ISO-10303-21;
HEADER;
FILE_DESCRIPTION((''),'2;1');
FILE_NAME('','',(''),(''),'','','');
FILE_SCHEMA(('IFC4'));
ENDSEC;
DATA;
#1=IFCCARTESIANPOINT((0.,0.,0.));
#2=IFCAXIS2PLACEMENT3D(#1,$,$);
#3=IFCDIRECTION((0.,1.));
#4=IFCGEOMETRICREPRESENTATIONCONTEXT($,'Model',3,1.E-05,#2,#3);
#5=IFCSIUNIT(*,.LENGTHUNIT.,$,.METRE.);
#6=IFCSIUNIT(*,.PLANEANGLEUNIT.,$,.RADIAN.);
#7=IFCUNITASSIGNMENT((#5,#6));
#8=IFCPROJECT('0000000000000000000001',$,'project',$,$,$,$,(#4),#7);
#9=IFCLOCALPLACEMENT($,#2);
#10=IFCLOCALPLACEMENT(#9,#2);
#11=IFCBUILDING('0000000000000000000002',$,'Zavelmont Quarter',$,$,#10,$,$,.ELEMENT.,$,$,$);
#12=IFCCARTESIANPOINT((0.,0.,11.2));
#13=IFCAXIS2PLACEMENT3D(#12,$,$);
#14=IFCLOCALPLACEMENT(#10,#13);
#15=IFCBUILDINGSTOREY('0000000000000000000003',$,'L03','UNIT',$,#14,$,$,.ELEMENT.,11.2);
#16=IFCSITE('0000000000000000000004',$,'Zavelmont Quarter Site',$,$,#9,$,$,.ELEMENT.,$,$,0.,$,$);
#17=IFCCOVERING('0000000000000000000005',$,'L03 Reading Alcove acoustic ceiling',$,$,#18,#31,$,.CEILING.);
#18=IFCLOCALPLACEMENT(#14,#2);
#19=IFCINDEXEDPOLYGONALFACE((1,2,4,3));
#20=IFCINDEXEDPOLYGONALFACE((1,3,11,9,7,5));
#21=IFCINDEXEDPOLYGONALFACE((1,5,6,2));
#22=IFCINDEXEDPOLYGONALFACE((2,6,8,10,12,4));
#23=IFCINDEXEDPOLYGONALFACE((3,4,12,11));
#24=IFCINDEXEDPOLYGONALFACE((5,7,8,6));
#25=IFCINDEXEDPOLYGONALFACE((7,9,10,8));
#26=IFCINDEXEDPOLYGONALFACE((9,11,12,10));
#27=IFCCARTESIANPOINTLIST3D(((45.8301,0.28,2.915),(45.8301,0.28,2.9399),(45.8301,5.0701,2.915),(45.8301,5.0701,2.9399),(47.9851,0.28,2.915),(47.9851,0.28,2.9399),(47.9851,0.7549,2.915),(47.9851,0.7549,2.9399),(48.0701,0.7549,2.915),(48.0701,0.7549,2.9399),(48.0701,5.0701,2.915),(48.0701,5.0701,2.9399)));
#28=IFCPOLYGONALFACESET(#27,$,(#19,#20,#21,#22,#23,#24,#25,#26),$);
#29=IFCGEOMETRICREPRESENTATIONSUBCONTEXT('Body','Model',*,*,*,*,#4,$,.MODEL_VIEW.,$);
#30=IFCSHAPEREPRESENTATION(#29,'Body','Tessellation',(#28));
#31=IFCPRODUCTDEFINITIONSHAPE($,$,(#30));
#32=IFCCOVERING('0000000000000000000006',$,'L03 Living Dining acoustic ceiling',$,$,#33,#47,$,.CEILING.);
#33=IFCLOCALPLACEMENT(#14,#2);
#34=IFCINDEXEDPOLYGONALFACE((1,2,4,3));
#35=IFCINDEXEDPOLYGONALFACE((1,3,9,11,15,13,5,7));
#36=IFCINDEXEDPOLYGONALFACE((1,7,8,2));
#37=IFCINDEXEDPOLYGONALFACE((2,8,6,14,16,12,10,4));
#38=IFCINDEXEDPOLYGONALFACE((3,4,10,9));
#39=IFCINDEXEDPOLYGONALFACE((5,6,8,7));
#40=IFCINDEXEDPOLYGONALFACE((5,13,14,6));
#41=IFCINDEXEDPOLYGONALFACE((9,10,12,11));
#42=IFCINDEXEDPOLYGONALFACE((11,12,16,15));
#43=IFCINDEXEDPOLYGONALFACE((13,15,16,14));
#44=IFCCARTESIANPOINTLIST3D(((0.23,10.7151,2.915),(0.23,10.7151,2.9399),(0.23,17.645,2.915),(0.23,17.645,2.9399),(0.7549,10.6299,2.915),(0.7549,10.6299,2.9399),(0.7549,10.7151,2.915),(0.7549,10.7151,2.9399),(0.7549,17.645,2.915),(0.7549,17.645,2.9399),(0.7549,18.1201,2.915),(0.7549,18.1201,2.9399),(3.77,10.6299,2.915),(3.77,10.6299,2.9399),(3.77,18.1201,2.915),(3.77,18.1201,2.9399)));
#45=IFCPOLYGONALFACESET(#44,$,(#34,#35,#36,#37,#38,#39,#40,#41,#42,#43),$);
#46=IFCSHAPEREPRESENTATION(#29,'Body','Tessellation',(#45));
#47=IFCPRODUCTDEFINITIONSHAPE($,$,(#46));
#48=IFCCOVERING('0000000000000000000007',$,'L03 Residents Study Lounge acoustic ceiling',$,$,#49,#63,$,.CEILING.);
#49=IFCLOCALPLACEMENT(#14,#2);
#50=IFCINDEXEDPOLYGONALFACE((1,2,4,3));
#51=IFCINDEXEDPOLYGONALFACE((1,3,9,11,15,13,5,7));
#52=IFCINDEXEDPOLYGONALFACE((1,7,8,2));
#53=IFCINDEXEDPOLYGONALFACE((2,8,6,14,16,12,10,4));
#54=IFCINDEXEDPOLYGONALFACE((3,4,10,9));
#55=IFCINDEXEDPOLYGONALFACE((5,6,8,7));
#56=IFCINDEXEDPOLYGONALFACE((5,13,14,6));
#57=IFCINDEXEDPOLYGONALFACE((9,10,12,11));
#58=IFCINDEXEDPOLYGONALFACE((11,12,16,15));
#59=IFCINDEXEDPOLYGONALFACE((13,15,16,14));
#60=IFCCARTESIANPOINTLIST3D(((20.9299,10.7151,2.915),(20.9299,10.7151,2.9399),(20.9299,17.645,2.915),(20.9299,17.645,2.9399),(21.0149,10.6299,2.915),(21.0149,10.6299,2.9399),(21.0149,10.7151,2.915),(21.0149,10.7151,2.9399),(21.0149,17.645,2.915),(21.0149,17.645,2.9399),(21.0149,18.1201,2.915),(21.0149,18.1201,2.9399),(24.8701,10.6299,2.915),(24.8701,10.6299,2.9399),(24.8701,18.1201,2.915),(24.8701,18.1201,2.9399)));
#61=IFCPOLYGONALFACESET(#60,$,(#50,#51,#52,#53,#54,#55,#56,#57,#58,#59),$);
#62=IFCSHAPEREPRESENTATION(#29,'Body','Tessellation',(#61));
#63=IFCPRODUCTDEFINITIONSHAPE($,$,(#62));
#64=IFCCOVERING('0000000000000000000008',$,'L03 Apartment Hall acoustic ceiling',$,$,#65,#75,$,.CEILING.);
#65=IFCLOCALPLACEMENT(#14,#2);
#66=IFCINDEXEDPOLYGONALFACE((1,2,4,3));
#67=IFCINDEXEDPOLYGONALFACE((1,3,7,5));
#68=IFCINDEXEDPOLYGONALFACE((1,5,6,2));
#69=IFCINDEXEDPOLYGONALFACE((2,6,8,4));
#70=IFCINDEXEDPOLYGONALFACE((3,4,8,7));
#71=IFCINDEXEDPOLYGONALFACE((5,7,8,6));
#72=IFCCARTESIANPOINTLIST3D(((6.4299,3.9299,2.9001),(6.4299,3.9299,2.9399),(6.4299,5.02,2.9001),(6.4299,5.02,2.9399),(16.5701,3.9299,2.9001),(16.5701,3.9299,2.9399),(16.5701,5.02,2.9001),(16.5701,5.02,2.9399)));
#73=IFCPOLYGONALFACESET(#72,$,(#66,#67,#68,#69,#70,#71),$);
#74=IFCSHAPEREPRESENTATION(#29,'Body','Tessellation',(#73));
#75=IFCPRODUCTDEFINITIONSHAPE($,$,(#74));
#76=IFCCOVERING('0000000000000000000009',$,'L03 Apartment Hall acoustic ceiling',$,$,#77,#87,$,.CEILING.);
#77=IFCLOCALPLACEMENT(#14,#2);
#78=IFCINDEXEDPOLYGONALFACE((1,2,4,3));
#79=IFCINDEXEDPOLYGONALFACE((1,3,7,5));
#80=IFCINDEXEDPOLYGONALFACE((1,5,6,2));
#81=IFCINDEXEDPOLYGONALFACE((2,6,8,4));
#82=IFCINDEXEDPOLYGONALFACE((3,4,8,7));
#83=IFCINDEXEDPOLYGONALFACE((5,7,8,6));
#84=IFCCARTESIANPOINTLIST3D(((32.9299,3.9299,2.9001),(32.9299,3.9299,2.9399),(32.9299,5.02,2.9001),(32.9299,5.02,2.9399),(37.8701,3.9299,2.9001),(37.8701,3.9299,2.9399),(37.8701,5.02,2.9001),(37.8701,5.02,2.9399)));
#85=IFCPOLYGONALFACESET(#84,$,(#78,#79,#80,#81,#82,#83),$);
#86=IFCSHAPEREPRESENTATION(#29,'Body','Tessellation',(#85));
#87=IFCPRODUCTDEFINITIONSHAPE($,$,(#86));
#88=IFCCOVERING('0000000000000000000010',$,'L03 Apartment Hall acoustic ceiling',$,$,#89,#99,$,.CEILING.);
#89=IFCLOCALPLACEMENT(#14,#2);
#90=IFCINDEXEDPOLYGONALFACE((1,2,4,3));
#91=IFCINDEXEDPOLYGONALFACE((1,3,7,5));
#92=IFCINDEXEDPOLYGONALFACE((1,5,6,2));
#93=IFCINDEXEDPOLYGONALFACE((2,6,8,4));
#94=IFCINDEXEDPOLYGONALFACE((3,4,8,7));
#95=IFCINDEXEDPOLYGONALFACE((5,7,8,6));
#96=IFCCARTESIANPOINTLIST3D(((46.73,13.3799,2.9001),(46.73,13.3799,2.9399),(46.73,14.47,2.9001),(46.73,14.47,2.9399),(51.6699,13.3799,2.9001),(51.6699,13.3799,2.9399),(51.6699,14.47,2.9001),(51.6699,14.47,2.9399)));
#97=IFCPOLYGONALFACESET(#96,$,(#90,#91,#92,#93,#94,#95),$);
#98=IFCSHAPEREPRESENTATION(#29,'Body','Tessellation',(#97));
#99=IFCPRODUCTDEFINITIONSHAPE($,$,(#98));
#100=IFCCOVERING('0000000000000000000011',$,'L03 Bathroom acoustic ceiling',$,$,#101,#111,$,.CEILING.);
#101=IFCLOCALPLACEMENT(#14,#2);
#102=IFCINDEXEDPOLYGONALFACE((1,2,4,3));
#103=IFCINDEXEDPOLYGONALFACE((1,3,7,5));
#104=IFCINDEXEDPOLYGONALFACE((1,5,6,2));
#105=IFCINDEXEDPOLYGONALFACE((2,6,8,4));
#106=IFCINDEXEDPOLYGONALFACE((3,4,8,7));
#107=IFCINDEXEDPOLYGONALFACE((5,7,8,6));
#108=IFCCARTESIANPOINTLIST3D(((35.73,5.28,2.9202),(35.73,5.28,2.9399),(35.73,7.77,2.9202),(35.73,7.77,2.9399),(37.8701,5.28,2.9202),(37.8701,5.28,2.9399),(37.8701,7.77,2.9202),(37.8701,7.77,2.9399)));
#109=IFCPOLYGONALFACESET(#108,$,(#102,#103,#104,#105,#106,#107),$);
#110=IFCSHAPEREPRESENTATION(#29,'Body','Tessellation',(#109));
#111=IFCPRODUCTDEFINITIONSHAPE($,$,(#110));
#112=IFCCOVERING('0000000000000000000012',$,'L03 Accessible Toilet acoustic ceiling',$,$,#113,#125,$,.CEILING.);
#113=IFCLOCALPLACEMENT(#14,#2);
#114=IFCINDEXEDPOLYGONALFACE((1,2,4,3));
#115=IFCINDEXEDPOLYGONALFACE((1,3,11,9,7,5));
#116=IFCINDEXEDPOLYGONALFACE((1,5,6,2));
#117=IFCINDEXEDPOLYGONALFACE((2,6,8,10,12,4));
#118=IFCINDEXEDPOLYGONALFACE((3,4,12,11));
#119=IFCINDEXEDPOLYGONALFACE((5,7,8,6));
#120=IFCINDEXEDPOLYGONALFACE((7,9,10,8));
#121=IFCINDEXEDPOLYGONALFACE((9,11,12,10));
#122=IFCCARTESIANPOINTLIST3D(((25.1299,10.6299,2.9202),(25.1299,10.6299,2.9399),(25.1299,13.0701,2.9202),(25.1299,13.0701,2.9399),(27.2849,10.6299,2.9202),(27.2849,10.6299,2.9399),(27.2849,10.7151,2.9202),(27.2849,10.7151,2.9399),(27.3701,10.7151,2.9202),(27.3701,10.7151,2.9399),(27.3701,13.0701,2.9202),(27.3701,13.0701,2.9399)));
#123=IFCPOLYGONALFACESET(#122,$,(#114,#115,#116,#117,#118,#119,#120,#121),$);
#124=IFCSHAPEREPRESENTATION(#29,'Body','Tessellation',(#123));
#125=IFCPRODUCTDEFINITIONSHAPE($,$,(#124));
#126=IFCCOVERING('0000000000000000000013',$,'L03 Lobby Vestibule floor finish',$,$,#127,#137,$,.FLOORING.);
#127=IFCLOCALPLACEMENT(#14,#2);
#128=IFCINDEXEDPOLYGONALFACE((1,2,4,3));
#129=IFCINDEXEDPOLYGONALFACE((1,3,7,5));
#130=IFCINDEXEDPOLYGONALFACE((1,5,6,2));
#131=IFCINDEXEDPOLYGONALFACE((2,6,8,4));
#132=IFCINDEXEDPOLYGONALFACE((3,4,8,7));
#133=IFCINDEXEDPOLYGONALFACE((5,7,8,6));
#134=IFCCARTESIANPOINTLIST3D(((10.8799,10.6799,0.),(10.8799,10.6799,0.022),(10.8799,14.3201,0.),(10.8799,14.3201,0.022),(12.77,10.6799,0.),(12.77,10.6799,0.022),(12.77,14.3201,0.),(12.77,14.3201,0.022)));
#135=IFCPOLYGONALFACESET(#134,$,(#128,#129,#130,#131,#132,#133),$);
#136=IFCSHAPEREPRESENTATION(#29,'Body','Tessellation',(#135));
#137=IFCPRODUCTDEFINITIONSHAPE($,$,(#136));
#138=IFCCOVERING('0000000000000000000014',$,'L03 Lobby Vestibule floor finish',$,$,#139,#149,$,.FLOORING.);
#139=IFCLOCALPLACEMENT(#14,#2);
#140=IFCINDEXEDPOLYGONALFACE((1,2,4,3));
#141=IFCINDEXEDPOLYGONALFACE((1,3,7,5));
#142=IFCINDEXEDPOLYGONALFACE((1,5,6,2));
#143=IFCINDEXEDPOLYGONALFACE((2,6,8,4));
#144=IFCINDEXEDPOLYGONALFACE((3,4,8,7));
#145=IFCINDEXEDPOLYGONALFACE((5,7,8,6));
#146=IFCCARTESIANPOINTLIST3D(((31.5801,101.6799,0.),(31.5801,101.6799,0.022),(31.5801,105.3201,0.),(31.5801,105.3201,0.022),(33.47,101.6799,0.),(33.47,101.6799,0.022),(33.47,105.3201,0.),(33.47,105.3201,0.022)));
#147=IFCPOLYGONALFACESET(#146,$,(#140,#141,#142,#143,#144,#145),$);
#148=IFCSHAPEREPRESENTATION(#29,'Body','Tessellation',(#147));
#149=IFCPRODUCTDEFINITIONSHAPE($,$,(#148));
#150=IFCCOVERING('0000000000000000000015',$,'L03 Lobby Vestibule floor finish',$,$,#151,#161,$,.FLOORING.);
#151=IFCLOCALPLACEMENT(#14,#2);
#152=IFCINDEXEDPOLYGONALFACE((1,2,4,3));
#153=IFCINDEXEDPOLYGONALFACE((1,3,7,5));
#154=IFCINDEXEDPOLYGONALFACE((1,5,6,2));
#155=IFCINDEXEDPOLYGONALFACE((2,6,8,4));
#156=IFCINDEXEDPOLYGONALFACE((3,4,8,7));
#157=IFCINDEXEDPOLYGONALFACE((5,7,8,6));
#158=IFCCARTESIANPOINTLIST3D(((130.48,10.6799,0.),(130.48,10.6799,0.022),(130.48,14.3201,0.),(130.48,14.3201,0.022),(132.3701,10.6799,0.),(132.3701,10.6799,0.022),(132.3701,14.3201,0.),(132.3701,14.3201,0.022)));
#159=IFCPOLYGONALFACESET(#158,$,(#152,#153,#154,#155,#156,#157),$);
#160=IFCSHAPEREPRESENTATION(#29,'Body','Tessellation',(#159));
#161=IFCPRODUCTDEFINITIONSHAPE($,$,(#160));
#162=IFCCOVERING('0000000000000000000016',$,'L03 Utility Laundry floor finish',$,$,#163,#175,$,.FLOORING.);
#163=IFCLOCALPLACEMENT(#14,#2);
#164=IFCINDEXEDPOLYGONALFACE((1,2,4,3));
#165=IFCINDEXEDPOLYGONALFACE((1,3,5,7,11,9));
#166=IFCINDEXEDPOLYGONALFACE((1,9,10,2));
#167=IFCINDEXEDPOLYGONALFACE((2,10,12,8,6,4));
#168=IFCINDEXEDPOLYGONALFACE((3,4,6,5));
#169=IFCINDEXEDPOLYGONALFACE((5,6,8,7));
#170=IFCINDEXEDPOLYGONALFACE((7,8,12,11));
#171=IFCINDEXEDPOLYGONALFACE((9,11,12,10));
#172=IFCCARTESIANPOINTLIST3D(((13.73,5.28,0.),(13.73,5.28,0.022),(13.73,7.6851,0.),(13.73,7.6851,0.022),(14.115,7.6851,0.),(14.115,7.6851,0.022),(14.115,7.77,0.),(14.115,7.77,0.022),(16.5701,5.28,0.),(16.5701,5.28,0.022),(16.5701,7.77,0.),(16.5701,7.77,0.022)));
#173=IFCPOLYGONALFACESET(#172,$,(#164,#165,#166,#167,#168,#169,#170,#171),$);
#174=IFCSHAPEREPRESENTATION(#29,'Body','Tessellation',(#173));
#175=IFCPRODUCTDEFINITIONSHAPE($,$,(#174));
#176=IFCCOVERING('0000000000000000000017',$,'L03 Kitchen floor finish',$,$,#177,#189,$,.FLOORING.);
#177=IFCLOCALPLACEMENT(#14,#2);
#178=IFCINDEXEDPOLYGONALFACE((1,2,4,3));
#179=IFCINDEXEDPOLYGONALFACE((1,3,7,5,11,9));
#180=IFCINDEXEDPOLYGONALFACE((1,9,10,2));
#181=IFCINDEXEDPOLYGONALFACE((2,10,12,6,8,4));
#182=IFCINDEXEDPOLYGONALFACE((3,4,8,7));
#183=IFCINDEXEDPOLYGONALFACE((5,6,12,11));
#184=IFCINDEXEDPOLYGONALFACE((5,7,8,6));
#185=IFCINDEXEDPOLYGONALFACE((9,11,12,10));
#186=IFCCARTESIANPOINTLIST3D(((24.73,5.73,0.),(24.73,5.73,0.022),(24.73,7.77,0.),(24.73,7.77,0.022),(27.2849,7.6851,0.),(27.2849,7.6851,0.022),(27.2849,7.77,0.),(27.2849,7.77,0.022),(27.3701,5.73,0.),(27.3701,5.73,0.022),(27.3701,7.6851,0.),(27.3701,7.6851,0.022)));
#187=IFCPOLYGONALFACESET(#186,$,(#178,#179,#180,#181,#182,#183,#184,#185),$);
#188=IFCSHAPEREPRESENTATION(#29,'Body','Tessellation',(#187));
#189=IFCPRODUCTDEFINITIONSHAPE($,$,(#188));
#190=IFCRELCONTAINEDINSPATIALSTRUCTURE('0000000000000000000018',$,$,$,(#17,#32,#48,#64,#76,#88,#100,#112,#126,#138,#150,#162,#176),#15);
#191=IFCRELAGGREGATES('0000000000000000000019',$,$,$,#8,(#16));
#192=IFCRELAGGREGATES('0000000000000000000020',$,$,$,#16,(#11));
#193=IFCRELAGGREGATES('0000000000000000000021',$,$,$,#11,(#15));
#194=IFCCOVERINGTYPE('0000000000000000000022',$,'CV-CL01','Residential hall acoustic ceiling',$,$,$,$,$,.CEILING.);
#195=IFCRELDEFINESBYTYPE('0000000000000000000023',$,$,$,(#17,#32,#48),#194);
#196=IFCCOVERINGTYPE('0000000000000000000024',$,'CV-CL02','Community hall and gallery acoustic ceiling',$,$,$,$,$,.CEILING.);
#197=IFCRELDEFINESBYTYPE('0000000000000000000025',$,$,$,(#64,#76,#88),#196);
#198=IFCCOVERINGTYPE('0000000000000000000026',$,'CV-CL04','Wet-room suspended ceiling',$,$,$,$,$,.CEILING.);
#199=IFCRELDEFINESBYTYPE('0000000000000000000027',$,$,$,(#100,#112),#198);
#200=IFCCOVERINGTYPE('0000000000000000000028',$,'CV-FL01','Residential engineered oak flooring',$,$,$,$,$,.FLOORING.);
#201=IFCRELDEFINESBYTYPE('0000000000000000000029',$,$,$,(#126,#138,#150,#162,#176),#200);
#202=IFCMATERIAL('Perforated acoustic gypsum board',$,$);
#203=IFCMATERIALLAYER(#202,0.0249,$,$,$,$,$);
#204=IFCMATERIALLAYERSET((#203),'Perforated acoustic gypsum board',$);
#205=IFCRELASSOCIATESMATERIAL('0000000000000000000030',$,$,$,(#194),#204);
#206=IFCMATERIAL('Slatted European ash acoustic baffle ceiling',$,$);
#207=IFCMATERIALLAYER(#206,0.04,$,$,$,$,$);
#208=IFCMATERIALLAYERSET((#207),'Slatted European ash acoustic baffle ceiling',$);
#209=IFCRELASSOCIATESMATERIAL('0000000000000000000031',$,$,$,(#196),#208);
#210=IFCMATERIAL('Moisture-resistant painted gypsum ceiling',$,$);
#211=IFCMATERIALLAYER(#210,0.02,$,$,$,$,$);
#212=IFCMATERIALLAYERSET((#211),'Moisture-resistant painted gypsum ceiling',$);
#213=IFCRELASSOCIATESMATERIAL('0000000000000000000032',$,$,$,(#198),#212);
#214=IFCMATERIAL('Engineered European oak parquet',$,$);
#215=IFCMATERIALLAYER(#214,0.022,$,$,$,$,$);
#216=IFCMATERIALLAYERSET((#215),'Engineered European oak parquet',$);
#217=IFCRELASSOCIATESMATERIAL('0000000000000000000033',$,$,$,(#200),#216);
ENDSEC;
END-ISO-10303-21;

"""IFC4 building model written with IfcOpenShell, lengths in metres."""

from ifc_helpers import new_model, si_unit, direction, frame, origin, place, context, subcontext, project, spatial, polyline, outline, extrude, material, layer, layer_set, type_object, element, save


model = new_model("IFC4")

# Units and contexts
model_context = context("Model", 3, precision=1e-05, world=origin(), true_north=direction((0.0, 1.0)))
body_context = subcontext(model_context, "Body", "Model", "MODEL_VIEW")
ifc_project = project(units=[si_unit("LENGTHUNIT", "METRE"), si_unit("PLANEANGLEUNIT", "RADIAN")], contexts=[model_context])

# Site, building, storey
site_placement = place(None, origin())
site = spatial("IfcSite", under=ifc_project, at=site_placement, Name="Zavelmont Quarter Site", CompositionType="ELEMENT", RefElevation=0.0)
building_placement = place(site_placement, origin())
building = spatial("IfcBuilding", under=site, at=building_placement, Name="Zavelmont Quarter", CompositionType="ELEMENT")
storey_placement = place(building_placement, frame((0.0, 0.0, 11.2)))
storey = spatial("IfcBuildingStorey", under=building, at=storey_placement, Name="L03", Description="UNIT", CompositionType="ELEMENT", Elevation=11.2)

# Coverings
ifc_material_1 = material(Name="Perforated acoustic gypsum board")
ifc_layer_1 = layer(ifc_material_1, 0.0249)
ifc_layer_set_1 = layer_set([ifc_layer_1], Name="Perforated acoustic gypsum board")
covering_type_1 = type_object("IfcCoveringType", Name="CV-CL01", Description="Residential hall acoustic ceiling", PredefinedType="CEILING", material=ifc_layer_set_1)
covering_1_placement = place(storey_placement, frame((0.0, 0.0, 2.915)))
element("IfcCovering", 1, at=covering_1_placement, inside=storey, type_object=covering_type_1, Name="L03 Reading Alcove acoustic ceiling", PredefinedType="CEILING", context=body_context, shape_type="SweptSolid", body=[
    extrude(outline(polyline([(45.8301, 5.0701), (48.0701, 5.0701), (48.0701, 0.7549), (47.9851, 0.7549), (47.9851, 0.28), (45.8301, 0.28), (45.8301, 5.0701)])), origin(), (0.0, 0.0, 1.0), 0.0249),
])
covering_2_placement = place(storey_placement, frame((0.0, 0.0, 2.915)))
element("IfcCovering", 2, at=covering_2_placement, inside=storey, type_object=covering_type_1, Name="L03 Living Dining acoustic ceiling", PredefinedType="CEILING", context=body_context, shape_type="SweptSolid", body=[
    extrude(outline(polyline([(0.23, 17.645), (0.7549, 17.645), (0.7549, 18.1201), (3.77, 18.1201), (3.77, 10.6299), (0.7549, 10.6299), (0.7549, 10.7151), (0.23, 10.7151), (0.23, 17.645)])), origin(), (0.0, 0.0, 1.0), 0.0249),
])
covering_3_placement = place(storey_placement, frame((0.0, 0.0, 2.915)))
element("IfcCovering", 3, at=covering_3_placement, inside=storey, type_object=covering_type_1, Name="L03 Residents Study Lounge acoustic ceiling", PredefinedType="CEILING", context=body_context, shape_type="SweptSolid", body=[
    extrude(outline(polyline([(20.9299, 17.645), (21.0149, 17.645), (21.0149, 18.1201), (24.8701, 18.1201), (24.8701, 10.6299), (21.0149, 10.6299), (21.0149, 10.7151), (20.9299, 10.7151), (20.9299, 17.645)])), origin(), (0.0, 0.0, 1.0), 0.0249),
])
ifc_material_2 = material(Name="Slatted European ash acoustic baffle ceiling")
ifc_layer_2 = layer(ifc_material_2, 0.04)
ifc_layer_set_2 = layer_set([ifc_layer_2], Name="Slatted European ash acoustic baffle ceiling")
covering_type_2 = type_object("IfcCoveringType", Name="CV-CL02", Description="Community hall and gallery acoustic ceiling", PredefinedType="CEILING", material=ifc_layer_set_2)
covering_4_placement = place(storey_placement, frame((0.0, 0.0, 2.9001)))
element("IfcCovering", 4, at=covering_4_placement, inside=storey, type_object=covering_type_2, Name="L03 Apartment Hall acoustic ceiling", PredefinedType="CEILING", context=body_context, shape_type="SweptSolid", body=[
    extrude(outline(polyline([(6.4299, 5.02), (16.5701, 5.02), (16.5701, 3.9299), (6.4299, 3.9299), (6.4299, 5.02)])), origin(), (0.0, 0.0, 1.0), 0.0398),
])
covering_5_placement = place(storey_placement, frame((0.0, 0.0, 2.9001)))
element("IfcCovering", 5, at=covering_5_placement, inside=storey, type_object=covering_type_2, Name="L03 Apartment Hall acoustic ceiling", PredefinedType="CEILING", context=body_context, shape_type="SweptSolid", body=[
    extrude(outline(polyline([(32.9299, 5.02), (37.8701, 5.02), (37.8701, 3.9299), (32.9299, 3.9299), (32.9299, 5.02)])), origin(), (0.0, 0.0, 1.0), 0.0398),
])
covering_6_placement = place(storey_placement, frame((0.0, 0.0, 2.9001)))
element("IfcCovering", 6, at=covering_6_placement, inside=storey, type_object=covering_type_2, Name="L03 Apartment Hall acoustic ceiling", PredefinedType="CEILING", context=body_context, shape_type="SweptSolid", body=[
    extrude(outline(polyline([(46.73, 14.47), (51.6699, 14.47), (51.6699, 13.3799), (46.73, 13.3799), (46.73, 14.47)])), origin(), (0.0, 0.0, 1.0), 0.0398),
])
ifc_material_3 = material(Name="Moisture-resistant painted gypsum ceiling")
ifc_layer_3 = layer(ifc_material_3, 0.02)
ifc_layer_set_3 = layer_set([ifc_layer_3], Name="Moisture-resistant painted gypsum ceiling")
covering_type_3 = type_object("IfcCoveringType", Name="CV-CL04", Description="Wet-room suspended ceiling", PredefinedType="CEILING", material=ifc_layer_set_3)
covering_7_placement = place(storey_placement, frame((0.0, 0.0, 2.9202)))
element("IfcCovering", 7, at=covering_7_placement, inside=storey, type_object=covering_type_3, Name="L03 Bathroom acoustic ceiling", PredefinedType="CEILING", context=body_context, shape_type="SweptSolid", body=[
    extrude(outline(polyline([(35.73, 7.77), (37.8701, 7.77), (37.8701, 5.28), (35.73, 5.28), (35.73, 7.77)])), origin(), (0.0, 0.0, 1.0), 0.0198),
])
covering_8_placement = place(storey_placement, frame((0.0, 0.0, 2.9202)))
element("IfcCovering", 8, at=covering_8_placement, inside=storey, type_object=covering_type_3, Name="L03 Accessible Toilet acoustic ceiling", PredefinedType="CEILING", context=body_context, shape_type="SweptSolid", body=[
    extrude(outline(polyline([(25.1299, 13.0701), (27.3701, 13.0701), (27.3701, 10.7151), (27.2849, 10.7151), (27.2849, 10.6299), (25.1299, 10.6299), (25.1299, 13.0701)])), origin(), (0.0, 0.0, 1.0), 0.0198),
])
ifc_material_4 = material(Name="Engineered European oak parquet")
ifc_layer_4 = layer(ifc_material_4, 0.022)
ifc_layer_set_4 = layer_set([ifc_layer_4], Name="Engineered European oak parquet")
covering_type_4 = type_object("IfcCoveringType", Name="CV-FL01", Description="Residential engineered oak flooring", PredefinedType="FLOORING", material=ifc_layer_set_4)
covering_9_placement = place(storey_placement, origin())
element("IfcCovering", 9, at=covering_9_placement, inside=storey, type_object=covering_type_4, Name="L03 Lobby Vestibule floor finish", PredefinedType="FLOORING", context=body_context, shape_type="SweptSolid", body=[
    extrude(outline(polyline([(10.8799, 14.3201), (12.77, 14.3201), (12.77, 10.6799), (10.8799, 10.6799), (10.8799, 14.3201)])), origin(), (0.0, 0.0, 1.0), 0.022),
])
covering_10_placement = place(storey_placement, origin())
element("IfcCovering", 10, at=covering_10_placement, inside=storey, type_object=covering_type_4, Name="L03 Lobby Vestibule floor finish", PredefinedType="FLOORING", context=body_context, shape_type="SweptSolid", body=[
    extrude(outline(polyline([(31.5801, 105.3201), (33.47, 105.3201), (33.47, 101.6799), (31.5801, 101.6799), (31.5801, 105.3201)])), origin(), (0.0, 0.0, 1.0), 0.022),
])
covering_11_placement = place(storey_placement, origin())
element("IfcCovering", 11, at=covering_11_placement, inside=storey, type_object=covering_type_4, Name="L03 Lobby Vestibule floor finish", PredefinedType="FLOORING", context=body_context, shape_type="SweptSolid", body=[
    extrude(outline(polyline([(130.48, 14.3201), (132.3701, 14.3201), (132.3701, 10.6799), (130.48, 10.6799), (130.48, 14.3201)])), origin(), (0.0, 0.0, 1.0), 0.022),
])
covering_12_placement = place(storey_placement, origin())
element("IfcCovering", 12, at=covering_12_placement, inside=storey, type_object=covering_type_4, Name="L03 Utility Laundry floor finish", PredefinedType="FLOORING", context=body_context, shape_type="SweptSolid", body=[
    extrude(outline(polyline([(13.73, 7.6851), (14.115, 7.6851), (14.115, 7.77), (16.5701, 7.77), (16.5701, 5.28), (13.73, 5.28), (13.73, 7.6851)])), origin(), (0.0, 0.0, 1.0), 0.022),
])
covering_13_placement = place(storey_placement, origin())
element("IfcCovering", 13, at=covering_13_placement, inside=storey, type_object=covering_type_4, Name="L03 Kitchen floor finish", PredefinedType="FLOORING", context=body_context, shape_type="SweptSolid", body=[
    extrude(outline(polyline([(24.73, 7.77), (27.2849, 7.77), (27.2849, 7.6851), (27.3701, 7.6851), (27.3701, 5.73), (24.73, 5.73), (24.73, 7.77)])), origin(), (0.0, 0.0, 1.0), 0.022),
])

save(model, "model.ifc")
